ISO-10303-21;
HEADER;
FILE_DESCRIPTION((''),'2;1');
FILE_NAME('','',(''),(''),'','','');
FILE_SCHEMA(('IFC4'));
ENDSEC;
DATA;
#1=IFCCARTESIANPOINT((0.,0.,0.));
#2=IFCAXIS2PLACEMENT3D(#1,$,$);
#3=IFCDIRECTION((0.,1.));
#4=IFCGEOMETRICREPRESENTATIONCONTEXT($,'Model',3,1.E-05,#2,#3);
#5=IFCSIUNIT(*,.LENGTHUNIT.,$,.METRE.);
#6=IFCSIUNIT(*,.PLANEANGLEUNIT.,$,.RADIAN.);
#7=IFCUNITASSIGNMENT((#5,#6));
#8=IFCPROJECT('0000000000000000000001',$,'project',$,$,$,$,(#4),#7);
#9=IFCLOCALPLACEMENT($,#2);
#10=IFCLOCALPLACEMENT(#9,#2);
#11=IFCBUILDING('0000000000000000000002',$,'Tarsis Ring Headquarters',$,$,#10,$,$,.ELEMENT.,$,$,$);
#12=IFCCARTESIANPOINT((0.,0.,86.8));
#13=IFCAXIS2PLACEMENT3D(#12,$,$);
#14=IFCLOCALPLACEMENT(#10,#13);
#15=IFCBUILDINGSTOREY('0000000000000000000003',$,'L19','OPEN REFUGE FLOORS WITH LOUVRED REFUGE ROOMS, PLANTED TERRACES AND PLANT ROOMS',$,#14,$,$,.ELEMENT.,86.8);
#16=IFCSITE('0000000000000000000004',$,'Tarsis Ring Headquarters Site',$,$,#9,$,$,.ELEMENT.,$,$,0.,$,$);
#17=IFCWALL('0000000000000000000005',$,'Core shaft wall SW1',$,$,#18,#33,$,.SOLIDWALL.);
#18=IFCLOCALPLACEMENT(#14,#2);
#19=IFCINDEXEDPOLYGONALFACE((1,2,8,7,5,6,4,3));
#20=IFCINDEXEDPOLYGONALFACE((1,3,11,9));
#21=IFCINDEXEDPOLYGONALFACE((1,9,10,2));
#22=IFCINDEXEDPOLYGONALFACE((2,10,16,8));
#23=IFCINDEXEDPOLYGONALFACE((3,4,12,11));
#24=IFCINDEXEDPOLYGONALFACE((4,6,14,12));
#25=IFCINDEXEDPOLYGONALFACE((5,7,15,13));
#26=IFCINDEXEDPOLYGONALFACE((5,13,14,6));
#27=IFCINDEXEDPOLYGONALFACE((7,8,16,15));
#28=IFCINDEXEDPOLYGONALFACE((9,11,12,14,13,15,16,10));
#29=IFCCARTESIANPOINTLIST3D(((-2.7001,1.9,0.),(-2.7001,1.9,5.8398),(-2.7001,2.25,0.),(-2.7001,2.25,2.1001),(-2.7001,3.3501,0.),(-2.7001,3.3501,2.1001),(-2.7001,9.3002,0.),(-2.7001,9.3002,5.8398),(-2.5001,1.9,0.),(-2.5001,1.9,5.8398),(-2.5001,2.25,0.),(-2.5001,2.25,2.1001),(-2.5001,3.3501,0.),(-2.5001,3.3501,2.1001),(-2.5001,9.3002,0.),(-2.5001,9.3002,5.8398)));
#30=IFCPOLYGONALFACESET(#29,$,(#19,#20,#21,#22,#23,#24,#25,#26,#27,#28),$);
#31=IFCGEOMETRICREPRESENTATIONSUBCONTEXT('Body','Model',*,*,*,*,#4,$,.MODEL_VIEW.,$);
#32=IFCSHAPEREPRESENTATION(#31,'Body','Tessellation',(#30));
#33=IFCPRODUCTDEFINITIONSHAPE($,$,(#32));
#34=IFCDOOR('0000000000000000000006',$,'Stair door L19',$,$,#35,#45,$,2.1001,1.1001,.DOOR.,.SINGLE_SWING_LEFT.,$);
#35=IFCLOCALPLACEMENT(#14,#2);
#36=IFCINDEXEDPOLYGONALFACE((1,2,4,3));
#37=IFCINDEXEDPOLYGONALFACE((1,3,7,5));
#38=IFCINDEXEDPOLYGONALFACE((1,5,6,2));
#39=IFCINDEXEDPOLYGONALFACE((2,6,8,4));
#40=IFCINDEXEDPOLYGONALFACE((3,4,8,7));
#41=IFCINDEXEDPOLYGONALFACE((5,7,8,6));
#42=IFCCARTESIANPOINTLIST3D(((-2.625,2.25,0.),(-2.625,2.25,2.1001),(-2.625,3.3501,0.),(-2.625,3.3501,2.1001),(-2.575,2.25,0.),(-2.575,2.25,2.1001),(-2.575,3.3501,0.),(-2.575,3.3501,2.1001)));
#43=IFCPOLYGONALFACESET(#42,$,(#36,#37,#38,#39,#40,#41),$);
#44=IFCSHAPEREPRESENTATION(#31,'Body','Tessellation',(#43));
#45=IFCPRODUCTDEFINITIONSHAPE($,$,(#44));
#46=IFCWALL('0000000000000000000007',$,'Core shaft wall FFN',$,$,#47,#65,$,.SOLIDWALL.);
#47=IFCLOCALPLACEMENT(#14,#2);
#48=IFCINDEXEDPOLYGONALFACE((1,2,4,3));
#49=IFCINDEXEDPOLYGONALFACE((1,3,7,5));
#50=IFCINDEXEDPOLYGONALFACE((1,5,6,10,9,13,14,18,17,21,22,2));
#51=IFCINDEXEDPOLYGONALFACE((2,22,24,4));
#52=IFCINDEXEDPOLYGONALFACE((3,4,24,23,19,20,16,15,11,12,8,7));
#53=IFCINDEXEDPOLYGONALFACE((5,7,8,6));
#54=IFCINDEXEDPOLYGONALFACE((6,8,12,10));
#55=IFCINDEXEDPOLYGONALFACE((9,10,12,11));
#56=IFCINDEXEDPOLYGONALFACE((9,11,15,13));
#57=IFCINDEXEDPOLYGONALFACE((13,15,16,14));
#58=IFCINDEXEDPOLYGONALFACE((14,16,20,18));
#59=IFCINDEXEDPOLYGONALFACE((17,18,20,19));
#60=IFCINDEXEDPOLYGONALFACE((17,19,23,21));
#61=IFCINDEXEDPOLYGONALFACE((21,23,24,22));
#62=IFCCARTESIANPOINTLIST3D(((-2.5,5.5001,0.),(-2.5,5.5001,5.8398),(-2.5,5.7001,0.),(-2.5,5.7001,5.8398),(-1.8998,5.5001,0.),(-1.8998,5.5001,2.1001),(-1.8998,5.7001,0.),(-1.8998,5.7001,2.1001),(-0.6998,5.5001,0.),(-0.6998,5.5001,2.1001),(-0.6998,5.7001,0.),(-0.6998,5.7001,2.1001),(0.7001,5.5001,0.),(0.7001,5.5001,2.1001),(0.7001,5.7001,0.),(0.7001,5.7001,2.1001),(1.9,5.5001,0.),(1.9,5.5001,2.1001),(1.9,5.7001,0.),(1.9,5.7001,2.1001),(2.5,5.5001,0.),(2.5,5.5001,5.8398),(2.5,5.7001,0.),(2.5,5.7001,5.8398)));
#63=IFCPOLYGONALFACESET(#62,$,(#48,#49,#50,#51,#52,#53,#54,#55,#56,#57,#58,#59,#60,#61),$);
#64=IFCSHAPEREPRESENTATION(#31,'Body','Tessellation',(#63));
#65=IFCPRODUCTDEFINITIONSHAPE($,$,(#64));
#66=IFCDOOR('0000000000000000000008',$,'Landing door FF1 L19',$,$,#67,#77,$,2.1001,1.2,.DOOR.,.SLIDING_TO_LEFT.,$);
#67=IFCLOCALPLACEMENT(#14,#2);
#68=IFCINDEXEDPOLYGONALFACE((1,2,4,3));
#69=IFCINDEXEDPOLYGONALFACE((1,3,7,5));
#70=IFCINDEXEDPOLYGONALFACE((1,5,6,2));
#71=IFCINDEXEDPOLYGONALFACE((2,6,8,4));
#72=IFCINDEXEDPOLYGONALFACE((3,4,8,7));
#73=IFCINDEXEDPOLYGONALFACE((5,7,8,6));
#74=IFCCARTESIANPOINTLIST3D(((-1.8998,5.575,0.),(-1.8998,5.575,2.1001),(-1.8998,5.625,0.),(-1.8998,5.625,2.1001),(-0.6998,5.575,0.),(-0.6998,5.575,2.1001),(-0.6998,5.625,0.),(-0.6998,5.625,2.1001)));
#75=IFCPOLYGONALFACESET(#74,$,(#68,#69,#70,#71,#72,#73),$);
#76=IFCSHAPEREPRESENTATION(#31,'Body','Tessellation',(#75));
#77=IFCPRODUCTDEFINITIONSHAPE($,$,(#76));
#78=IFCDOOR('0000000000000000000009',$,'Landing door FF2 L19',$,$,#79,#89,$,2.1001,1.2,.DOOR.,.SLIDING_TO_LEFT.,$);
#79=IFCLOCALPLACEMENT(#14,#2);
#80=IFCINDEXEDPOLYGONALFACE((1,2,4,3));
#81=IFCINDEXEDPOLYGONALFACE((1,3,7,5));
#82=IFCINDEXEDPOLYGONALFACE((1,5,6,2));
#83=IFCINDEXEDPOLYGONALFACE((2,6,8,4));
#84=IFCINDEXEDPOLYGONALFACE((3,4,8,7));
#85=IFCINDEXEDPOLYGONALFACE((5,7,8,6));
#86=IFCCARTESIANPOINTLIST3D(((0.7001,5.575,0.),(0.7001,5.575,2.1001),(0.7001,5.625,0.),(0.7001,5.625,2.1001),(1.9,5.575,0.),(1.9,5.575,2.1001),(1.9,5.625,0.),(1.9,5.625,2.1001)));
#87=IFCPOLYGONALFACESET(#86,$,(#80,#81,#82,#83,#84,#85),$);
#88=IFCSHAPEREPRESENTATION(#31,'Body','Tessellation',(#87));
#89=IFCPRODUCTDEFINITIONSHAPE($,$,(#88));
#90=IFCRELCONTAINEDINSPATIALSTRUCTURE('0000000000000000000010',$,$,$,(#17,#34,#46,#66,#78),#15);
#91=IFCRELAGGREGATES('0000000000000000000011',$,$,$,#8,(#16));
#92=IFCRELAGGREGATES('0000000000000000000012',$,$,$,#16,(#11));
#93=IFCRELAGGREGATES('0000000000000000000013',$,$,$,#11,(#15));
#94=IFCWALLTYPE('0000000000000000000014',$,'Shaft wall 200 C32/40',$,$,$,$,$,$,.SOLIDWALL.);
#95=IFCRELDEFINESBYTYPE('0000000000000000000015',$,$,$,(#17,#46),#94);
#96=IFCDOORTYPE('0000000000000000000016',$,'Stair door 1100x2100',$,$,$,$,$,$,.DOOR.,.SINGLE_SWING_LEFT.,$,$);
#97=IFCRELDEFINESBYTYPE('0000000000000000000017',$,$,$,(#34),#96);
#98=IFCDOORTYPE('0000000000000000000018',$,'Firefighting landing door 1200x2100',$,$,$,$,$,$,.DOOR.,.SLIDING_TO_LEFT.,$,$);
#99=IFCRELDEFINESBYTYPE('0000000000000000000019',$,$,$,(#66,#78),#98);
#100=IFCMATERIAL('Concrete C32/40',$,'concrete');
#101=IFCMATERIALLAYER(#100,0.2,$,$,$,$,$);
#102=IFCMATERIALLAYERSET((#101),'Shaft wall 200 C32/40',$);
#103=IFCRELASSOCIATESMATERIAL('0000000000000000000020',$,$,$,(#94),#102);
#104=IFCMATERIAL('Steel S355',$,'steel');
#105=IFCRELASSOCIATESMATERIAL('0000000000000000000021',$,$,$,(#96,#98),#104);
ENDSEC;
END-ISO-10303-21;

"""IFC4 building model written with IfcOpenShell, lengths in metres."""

from ifc_helpers import new_model, si_unit, direction, frame, frame_2d, origin, place, context, subcontext, project, spatial, rectangle, extrude, material, layer, layer_set, type_object, element, fill, save


model = new_model("IFC4")

# Units and contexts
model_context = context("Model", 3, precision=1e-05, world=origin(), true_north=direction((0.0, 1.0)))
body_context = subcontext(model_context, "Body", "Model", "MODEL_VIEW")
ifc_project = project(units=[si_unit("LENGTHUNIT", "METRE"), si_unit("PLANEANGLEUNIT", "RADIAN")], contexts=[model_context])

# Site, building, storey
site_placement = place(None, origin())
site = spatial("IfcSite", under=ifc_project, at=site_placement, Name="Tarsis Ring Headquarters Site", CompositionType="ELEMENT", RefElevation=0.0)
building_placement = place(site_placement, origin())
building = spatial("IfcBuilding", under=site, at=building_placement, Name="Tarsis Ring Headquarters", CompositionType="ELEMENT")
storey_placement = place(building_placement, frame((0.0, 0.0, 86.8)))
storey = spatial("IfcBuildingStorey", under=building, at=storey_placement, Name="L19", Description="OPEN REFUGE FLOORS WITH LOUVRED REFUGE ROOMS, PLANTED TERRACES AND PLANT ROOMS", CompositionType="ELEMENT", Elevation=86.8)

# Shared definitions
ifc_material_1 = material(Name="Concrete C32/40", Category="concrete")
ifc_layer_1 = layer(ifc_material_1, 0.2)
ifc_layer_set_1 = layer_set([ifc_layer_1], Name="Shaft wall 200 C32/40")
wall_type_1 = type_object("IfcWallType", Name="Shaft wall 200 C32/40", PredefinedType="SOLIDWALL", material=ifc_layer_set_1)
ifc_material_2 = material(Name="Steel S355", Category="steel")
door_type_1 = type_object("IfcDoorType", Name="Stair door 1100x2100", OperationType="SINGLE_SWING_LEFT", PredefinedType="DOOR", material=ifc_material_2)

# Wall, opening, door
wall_1_placement = place(storey_placement, frame((-2.6001, 1.8999, 0.0), z_axis=(0.0, 0.0, 1.0), x_axis=(0.0, 1.0, 0.0)))
wall_1 = element("IfcWall", 1, at=wall_1_placement, inside=storey, type_object=wall_type_1, Name="Core shaft wall SW1", PredefinedType="SOLIDWALL", context=body_context, shape_type="SweptSolid", body=[
    extrude(rectangle(XDim=7.4001, YDim=0.2, at=frame_2d((3.7002, 0.0))), origin(), (0.0, 0.0, 1.0), 5.8398),
])
opening_1_placement = place(wall_1_placement, frame((0.3501, 0.0, 0.0)))
opening_1 = element("IfcOpeningElement", 2, at=opening_1_placement, cuts=wall_1, PredefinedType="OPENING", context=body_context, shape_type="SweptSolid", body=[
    extrude(rectangle(XDim=1.1001, YDim=2.1001, at=frame_2d((0.55, 1.05))), frame((0.0, 0.1099, 0.0), z_axis=(0.0, -1.0, 0.0), x_axis=(1.0, 0.0, 0.0)), (0.0, 0.0, 1.0), 0.22),
])
door_1_placement = place(opening_1_placement, origin())
door_1 = element("IfcDoor", 3, at=door_1_placement, inside=storey, type_object=door_type_1, Name="Stair door L19", OperationType="SINGLE_SWING_LEFT", OverallHeight=2.1001, OverallWidth=1.1001, PredefinedType="DOOR", context=body_context, shape_type="SweptSolid", body=[
    extrude(rectangle(XDim=1.1001, YDim=2.1001, at=frame_2d((0.55, 1.05))), frame((0.0, 0.0249, 0.0), z_axis=(0.0, -1.0, 0.0), x_axis=(1.0, 0.0, 0.0)), (0.0, 0.0, 1.0), 0.05),
])
fill(opening_1, door_1)

# Wall, openings, doors
wall_2_placement = place(storey_placement, frame((-2.5, 5.6001, 0.0), z_axis=(0.0, 0.0, 1.0), x_axis=(1.0, 0.0, 0.0)))
wall_2 = element("IfcWall", 4, at=wall_2_placement, inside=storey, type_object=wall_type_1, Name="Core shaft wall FFN", PredefinedType="SOLIDWALL", context=body_context, shape_type="SweptSolid", body=[
    extrude(rectangle(XDim=5.0, YDim=0.2, at=frame_2d((2.5, 0.0))), origin(), (0.0, 0.0, 1.0), 5.8398),
])
opening_2_placement = place(wall_2_placement, frame((0.6001, 0.0, 0.0)))
opening_2 = element("IfcOpeningElement", 5, at=opening_2_placement, cuts=wall_2, PredefinedType="OPENING", context=body_context, shape_type="SweptSolid", body=[
    extrude(rectangle(XDim=1.2, YDim=2.1001, at=frame_2d((0.6001, 1.05))), frame((0.0, 0.1099, 0.0), z_axis=(0.0, -1.0, 0.0), x_axis=(1.0, 0.0, 0.0)), (0.0, 0.0, 1.0), 0.22),
])
opening_3_placement = place(wall_2_placement, frame((3.2, 0.0, 0.0)))
opening_3 = element("IfcOpeningElement", 6, at=opening_3_placement, cuts=wall_2, PredefinedType="OPENING", context=body_context, shape_type="SweptSolid", body=[
    extrude(rectangle(XDim=1.2, YDim=2.1001, at=frame_2d((0.6001, 1.05))), frame((0.0, 0.1099, 0.0), z_axis=(0.0, -1.0, 0.0), x_axis=(1.0, 0.0, 0.0)), (0.0, 0.0, 1.0), 0.22),
])
door_type_2 = type_object("IfcDoorType", Name="Firefighting landing door 1200x2100", OperationType="SLIDING_TO_LEFT", PredefinedType="DOOR", material=ifc_material_2)
door_2_placement = place(opening_2_placement, origin())
door_2 = element("IfcDoor", 7, at=door_2_placement, inside=storey, type_object=door_type_2, Name="Landing door FF1 L19", OperationType="SLIDING_TO_LEFT", OverallHeight=2.1001, OverallWidth=1.2, PredefinedType="DOOR", context=body_context, shape_type="SweptSolid", body=[
    extrude(rectangle(XDim=1.2, YDim=2.1001, at=frame_2d((0.6001, 1.05))), frame((0.0, 0.0249, 0.0), z_axis=(0.0, -1.0, 0.0), x_axis=(1.0, 0.0, 0.0)), (0.0, 0.0, 1.0), 0.05),
])
fill(opening_2, door_2)
door_3_placement = place(opening_3_placement, origin())
door_3 = element("IfcDoor", 8, at=door_3_placement, inside=storey, type_object=door_type_2, Name="Landing door FF2 L19", OperationType="SLIDING_TO_LEFT", OverallHeight=2.1001, OverallWidth=1.2, PredefinedType="DOOR", context=body_context, shape_type="SweptSolid", body=[
    extrude(rectangle(XDim=1.2, YDim=2.1001, at=frame_2d((0.6001, 1.05))), frame((0.0, 0.0249, 0.0), z_axis=(0.0, -1.0, 0.0), x_axis=(1.0, 0.0, 0.0)), (0.0, 0.0, 1.0), 0.05),
])
fill(opening_3, door_3)

save(model, "model.ifc")
